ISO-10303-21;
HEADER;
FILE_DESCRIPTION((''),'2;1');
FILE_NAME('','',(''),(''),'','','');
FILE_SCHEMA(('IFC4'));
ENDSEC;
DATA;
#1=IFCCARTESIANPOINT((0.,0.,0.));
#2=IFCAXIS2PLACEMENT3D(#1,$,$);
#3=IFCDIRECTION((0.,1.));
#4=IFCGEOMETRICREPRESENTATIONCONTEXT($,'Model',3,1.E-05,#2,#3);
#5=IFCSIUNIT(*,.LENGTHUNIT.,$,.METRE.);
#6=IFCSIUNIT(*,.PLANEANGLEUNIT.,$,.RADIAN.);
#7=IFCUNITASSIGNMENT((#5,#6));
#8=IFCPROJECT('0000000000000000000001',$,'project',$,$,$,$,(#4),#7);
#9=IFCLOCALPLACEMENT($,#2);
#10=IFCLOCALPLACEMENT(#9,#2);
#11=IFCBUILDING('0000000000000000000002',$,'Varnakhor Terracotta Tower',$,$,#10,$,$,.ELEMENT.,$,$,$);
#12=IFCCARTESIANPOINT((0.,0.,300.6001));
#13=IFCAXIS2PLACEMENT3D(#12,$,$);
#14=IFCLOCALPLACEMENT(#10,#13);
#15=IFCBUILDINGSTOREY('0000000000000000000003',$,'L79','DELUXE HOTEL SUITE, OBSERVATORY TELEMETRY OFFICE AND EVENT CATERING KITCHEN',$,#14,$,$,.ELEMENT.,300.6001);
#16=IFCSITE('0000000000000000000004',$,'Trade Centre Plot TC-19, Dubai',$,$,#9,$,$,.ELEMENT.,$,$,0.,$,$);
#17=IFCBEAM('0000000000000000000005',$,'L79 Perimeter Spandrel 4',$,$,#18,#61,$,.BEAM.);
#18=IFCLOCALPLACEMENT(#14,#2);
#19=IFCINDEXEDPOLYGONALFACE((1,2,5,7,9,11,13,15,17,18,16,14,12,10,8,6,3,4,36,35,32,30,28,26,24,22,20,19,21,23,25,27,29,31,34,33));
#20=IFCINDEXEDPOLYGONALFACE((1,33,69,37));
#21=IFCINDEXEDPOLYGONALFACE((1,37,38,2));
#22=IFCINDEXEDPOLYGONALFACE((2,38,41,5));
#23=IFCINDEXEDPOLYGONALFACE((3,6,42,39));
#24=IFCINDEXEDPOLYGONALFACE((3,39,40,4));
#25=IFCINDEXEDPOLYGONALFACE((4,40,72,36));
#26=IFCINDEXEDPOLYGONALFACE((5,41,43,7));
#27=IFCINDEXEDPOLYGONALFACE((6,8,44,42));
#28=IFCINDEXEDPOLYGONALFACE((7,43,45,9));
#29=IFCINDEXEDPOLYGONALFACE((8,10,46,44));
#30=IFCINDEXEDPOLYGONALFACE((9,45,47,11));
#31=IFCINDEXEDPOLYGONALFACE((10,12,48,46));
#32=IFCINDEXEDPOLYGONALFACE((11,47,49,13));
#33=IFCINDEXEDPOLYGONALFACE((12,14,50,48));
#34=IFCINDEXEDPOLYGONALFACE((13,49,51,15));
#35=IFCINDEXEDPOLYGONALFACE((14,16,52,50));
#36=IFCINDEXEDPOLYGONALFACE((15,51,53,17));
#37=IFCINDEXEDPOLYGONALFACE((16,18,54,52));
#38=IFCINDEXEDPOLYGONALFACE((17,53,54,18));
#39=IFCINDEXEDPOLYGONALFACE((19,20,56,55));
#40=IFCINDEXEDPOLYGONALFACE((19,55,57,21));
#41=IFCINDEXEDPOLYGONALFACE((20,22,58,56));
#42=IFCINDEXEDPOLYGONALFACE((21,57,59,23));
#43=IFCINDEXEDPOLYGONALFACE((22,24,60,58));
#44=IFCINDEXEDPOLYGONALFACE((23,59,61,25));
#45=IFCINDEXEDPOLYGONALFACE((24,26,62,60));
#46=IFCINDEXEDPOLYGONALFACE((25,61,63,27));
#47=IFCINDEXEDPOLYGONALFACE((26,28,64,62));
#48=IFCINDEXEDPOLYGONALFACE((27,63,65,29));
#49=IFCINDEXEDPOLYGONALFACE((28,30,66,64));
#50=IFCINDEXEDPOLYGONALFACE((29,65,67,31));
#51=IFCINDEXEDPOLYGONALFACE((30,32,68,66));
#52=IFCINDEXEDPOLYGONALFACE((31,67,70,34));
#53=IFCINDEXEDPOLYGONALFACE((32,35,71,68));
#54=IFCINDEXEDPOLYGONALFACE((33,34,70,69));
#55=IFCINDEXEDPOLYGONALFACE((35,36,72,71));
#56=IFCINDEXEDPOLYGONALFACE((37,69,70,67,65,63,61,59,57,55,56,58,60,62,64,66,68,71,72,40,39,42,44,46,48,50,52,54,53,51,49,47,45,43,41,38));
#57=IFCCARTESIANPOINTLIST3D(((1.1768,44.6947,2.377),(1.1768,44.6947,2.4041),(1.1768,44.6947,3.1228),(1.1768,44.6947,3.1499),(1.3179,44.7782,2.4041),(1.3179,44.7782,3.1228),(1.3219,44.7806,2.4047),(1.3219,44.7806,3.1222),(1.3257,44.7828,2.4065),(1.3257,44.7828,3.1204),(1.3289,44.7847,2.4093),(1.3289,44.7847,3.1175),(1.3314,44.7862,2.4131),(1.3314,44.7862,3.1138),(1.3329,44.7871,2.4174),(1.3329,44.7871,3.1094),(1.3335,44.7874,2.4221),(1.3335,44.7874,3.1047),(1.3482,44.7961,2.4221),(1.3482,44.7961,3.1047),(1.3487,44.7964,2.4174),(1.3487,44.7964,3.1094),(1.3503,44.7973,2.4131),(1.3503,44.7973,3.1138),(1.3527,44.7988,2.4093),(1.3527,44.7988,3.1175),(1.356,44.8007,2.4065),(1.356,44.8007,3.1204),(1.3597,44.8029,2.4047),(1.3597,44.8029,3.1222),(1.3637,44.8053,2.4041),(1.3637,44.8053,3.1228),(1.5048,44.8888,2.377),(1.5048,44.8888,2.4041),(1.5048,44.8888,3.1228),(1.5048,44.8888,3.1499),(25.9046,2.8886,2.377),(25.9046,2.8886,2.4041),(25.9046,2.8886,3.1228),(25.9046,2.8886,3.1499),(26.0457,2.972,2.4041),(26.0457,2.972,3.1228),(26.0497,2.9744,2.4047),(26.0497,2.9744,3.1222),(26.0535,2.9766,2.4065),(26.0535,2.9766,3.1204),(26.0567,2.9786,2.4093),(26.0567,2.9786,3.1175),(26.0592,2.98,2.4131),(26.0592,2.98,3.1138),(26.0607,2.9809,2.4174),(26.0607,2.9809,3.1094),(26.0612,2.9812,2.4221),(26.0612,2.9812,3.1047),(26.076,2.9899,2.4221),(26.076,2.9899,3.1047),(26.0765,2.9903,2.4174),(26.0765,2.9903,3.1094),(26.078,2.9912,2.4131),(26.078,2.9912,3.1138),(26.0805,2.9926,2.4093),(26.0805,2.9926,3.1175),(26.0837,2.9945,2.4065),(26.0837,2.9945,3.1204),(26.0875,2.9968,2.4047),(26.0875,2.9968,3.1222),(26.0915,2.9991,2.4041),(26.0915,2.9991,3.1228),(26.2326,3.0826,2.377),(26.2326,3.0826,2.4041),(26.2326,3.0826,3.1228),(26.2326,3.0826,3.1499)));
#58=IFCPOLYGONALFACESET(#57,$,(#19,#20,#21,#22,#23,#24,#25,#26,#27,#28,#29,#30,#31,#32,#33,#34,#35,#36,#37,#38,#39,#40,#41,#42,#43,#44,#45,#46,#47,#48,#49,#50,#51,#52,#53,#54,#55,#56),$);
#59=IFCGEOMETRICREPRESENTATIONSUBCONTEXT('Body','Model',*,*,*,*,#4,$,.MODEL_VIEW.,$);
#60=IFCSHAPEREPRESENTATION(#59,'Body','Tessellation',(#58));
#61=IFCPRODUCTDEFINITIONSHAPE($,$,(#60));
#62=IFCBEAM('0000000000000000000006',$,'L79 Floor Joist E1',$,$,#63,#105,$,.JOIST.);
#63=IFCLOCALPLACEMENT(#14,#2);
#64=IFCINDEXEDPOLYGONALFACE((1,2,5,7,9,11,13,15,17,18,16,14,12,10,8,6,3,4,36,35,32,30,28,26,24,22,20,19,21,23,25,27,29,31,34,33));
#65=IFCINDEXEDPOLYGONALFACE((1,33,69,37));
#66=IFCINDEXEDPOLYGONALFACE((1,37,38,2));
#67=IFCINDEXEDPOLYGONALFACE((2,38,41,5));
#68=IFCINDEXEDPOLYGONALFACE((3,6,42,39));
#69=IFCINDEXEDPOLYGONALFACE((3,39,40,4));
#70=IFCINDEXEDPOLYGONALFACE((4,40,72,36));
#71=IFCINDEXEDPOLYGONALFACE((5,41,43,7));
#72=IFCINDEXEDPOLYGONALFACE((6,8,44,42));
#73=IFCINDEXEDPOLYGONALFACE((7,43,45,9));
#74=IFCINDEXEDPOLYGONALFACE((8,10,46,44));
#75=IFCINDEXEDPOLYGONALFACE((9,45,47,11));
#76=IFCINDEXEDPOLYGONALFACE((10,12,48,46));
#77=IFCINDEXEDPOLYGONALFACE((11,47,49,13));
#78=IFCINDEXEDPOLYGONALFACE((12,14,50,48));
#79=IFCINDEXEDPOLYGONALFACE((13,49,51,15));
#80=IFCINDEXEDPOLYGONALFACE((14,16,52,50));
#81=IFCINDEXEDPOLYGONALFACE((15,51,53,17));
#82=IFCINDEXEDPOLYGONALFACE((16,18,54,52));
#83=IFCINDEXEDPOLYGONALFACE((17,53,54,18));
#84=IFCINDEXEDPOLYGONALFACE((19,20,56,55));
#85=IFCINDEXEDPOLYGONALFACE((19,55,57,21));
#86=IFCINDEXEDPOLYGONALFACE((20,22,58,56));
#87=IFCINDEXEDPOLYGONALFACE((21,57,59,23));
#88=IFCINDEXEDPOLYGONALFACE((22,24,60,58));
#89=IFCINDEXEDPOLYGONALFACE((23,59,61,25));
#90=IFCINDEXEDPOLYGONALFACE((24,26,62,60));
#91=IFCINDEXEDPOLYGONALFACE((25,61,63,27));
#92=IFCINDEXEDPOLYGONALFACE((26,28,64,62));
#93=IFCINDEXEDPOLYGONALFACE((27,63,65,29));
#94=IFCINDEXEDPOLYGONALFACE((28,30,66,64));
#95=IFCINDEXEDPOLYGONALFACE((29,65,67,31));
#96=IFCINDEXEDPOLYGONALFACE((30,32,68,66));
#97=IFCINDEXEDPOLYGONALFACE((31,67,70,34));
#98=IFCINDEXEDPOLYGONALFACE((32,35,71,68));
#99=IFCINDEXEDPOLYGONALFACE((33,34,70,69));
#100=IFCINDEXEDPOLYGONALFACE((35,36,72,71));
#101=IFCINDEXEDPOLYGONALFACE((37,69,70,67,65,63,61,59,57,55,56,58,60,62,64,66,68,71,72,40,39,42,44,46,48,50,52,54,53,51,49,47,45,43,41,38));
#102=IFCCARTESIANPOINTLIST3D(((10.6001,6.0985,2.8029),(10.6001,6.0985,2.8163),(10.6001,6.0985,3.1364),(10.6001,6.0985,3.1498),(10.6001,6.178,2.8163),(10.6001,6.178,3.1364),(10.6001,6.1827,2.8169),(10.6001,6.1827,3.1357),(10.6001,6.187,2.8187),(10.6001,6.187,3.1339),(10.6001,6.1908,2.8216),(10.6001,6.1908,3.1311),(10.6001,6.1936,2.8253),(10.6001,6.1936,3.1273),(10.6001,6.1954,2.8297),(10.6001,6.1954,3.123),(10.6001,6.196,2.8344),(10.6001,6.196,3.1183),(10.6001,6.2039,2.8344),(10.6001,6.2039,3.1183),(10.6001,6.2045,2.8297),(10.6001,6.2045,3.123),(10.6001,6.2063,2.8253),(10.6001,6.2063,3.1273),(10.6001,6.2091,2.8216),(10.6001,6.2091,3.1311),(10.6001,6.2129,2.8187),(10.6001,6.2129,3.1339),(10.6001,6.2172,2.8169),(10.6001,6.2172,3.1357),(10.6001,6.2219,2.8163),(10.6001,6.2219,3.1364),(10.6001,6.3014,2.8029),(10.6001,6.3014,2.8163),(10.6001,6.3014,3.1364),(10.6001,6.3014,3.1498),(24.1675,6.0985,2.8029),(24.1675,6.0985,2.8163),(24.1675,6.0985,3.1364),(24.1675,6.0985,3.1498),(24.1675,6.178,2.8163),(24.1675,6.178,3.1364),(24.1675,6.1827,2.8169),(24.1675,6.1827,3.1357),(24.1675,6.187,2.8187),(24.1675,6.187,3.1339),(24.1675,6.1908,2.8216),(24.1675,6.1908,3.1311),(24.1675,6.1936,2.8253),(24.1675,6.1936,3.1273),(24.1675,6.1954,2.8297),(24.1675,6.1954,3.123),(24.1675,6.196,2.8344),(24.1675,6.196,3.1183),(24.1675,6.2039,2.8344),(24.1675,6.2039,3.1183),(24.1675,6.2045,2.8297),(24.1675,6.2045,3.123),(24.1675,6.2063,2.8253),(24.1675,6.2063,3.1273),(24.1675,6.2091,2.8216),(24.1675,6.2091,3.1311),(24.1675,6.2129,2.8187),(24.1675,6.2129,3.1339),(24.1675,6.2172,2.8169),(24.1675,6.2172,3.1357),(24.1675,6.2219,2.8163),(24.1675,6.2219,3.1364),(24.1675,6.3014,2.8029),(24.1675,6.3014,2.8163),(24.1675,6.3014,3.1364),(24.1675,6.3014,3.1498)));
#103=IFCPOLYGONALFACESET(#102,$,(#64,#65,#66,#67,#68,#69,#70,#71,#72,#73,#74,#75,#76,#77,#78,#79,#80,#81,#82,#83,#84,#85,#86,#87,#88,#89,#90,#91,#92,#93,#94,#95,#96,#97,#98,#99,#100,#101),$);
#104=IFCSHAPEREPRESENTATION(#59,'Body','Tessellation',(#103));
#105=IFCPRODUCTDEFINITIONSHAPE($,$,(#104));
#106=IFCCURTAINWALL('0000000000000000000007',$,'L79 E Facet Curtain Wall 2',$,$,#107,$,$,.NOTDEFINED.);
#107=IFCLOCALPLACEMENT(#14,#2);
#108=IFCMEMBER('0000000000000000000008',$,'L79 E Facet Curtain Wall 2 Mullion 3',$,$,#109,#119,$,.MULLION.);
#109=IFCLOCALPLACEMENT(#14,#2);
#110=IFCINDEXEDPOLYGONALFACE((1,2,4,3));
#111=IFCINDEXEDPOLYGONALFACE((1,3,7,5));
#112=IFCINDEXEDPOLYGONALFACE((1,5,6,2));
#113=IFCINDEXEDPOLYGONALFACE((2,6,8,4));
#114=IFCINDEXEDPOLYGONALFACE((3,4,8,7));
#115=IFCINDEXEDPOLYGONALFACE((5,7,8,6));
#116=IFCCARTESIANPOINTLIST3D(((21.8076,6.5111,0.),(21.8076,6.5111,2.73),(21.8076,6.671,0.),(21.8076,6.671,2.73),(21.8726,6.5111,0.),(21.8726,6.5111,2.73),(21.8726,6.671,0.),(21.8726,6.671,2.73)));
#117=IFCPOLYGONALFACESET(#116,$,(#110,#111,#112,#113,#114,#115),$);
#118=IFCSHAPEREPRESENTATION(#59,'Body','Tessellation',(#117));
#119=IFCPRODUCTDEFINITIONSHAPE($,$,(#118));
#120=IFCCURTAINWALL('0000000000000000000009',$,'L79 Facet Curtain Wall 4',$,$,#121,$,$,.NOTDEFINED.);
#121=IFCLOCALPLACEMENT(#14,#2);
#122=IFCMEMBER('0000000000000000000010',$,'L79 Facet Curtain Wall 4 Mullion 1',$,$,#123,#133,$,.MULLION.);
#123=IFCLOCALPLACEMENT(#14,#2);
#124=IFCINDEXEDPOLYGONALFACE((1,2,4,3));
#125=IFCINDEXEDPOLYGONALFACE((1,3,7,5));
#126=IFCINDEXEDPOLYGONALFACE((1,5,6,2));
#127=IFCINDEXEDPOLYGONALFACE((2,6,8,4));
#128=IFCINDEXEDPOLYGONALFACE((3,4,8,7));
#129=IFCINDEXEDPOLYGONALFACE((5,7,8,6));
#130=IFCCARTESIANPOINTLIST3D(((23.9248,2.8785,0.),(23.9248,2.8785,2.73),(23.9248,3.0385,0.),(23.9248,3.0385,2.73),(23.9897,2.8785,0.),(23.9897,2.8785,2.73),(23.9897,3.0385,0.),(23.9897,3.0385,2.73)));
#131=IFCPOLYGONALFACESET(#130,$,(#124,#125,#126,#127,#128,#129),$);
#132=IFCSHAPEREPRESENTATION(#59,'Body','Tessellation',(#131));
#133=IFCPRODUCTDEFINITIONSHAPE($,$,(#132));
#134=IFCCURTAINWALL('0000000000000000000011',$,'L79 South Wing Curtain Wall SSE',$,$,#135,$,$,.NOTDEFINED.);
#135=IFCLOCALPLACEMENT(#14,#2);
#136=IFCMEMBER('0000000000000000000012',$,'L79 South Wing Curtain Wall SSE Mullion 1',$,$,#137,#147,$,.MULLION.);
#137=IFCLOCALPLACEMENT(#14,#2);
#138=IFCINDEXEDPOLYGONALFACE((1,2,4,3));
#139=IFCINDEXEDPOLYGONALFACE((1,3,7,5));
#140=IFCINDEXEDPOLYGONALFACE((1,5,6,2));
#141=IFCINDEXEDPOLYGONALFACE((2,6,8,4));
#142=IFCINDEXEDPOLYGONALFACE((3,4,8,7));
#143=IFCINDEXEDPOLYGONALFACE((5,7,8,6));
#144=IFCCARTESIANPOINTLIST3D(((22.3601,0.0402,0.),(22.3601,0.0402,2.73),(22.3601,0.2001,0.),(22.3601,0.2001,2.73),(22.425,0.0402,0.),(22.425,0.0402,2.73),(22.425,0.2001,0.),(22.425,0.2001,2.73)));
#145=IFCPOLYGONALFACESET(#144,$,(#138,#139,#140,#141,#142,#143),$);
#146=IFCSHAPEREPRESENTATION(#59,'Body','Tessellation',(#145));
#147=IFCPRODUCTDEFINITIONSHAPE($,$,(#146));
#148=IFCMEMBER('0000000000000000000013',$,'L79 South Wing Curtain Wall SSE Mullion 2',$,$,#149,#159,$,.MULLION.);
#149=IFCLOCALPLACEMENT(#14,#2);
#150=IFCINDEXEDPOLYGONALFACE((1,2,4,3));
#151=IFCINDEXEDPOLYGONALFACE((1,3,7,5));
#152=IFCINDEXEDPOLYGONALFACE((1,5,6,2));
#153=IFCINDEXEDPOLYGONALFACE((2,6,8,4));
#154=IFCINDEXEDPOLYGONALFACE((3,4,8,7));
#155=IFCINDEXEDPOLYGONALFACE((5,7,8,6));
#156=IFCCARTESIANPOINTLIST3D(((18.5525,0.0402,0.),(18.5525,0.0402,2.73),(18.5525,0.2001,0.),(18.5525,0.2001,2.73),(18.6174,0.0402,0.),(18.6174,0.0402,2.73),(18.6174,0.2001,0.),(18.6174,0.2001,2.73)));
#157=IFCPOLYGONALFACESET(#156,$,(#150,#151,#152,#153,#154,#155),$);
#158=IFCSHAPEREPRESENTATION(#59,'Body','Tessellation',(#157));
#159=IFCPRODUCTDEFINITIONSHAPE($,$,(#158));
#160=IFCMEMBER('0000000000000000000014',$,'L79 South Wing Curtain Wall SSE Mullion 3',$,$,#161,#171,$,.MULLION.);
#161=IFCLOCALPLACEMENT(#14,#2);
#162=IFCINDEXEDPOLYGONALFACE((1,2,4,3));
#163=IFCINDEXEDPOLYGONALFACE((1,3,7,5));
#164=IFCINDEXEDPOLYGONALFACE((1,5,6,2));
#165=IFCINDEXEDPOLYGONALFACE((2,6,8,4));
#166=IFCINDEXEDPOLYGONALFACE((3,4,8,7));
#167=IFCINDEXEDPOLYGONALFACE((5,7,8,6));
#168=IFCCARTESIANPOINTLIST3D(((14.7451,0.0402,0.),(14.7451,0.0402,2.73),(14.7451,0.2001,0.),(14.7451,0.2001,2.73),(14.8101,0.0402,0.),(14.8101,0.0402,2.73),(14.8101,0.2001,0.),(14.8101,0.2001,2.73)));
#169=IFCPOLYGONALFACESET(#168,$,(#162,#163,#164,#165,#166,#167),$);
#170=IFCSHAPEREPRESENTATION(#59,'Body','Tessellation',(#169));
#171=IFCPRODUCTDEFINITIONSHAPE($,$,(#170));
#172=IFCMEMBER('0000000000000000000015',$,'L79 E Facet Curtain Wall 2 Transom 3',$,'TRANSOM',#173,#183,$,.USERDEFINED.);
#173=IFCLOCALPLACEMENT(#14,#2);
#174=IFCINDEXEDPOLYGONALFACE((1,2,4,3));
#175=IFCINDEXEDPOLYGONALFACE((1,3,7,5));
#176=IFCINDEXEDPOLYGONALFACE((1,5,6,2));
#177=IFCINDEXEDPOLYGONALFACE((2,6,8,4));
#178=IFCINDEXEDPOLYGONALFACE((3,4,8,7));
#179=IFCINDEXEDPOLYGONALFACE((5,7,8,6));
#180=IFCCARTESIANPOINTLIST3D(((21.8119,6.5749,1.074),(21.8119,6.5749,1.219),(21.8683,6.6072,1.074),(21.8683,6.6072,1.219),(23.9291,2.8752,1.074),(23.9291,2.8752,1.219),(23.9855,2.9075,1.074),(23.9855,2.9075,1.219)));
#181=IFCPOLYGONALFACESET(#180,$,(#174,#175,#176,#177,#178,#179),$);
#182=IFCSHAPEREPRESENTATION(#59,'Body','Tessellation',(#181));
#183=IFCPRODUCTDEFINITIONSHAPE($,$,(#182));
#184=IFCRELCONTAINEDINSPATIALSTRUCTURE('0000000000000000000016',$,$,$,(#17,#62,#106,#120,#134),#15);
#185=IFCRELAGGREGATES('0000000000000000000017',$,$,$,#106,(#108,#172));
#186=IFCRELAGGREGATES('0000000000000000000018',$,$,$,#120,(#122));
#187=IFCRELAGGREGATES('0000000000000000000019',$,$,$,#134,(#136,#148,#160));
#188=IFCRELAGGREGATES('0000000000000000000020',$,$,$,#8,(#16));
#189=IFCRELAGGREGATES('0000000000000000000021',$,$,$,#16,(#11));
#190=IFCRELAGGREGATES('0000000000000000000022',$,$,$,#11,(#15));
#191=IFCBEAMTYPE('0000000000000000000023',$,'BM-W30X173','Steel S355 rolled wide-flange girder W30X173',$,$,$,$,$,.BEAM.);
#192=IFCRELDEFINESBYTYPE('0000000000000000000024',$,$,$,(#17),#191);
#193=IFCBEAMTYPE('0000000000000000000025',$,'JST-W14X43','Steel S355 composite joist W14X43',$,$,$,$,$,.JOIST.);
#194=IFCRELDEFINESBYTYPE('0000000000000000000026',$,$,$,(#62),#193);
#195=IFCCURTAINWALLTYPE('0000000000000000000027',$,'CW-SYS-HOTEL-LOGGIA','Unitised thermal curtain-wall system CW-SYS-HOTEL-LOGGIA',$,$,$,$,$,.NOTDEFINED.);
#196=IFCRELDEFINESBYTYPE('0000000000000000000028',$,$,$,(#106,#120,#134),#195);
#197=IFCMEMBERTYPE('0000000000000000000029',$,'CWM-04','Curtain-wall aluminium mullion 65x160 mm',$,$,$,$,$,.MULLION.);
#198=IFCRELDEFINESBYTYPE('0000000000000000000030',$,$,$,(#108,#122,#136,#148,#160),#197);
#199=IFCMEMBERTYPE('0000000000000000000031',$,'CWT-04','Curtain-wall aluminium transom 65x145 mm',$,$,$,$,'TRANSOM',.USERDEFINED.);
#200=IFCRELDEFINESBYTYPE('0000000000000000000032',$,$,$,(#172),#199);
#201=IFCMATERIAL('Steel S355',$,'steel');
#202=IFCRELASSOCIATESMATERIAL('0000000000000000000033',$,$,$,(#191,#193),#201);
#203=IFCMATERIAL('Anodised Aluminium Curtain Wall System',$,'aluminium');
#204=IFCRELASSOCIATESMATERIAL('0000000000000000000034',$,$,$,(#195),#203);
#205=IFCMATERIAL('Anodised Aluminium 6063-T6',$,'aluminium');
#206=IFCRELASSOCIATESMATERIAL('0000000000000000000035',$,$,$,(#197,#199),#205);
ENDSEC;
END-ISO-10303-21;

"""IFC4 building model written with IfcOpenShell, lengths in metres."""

from ifc_helpers import new_model, si_unit, direction, frame, origin, origin_2d, place, context, subcontext, project, spatial, rectangle, i_section, extrude, source, transform, mapped, material, material_profile, profile_set, type_object, element, aggregate, save


model = new_model("IFC4")

# Units and contexts
model_context = context("Model", 3, precision=1e-05, world=origin(), true_north=direction((0.0, 1.0)))
body_context = subcontext(model_context, "Body", "Model", "MODEL_VIEW")
ifc_project = project(units=[si_unit("LENGTHUNIT", "METRE"), si_unit("PLANEANGLEUNIT", "RADIAN")], contexts=[model_context])

# Site, building, storey
site_placement = place(None, origin())
site = spatial("IfcSite", under=ifc_project, at=site_placement, Name="Trade Centre Plot TC-19, Dubai", CompositionType="ELEMENT", RefElevation=0.0)
building_placement = place(site_placement, origin())
building = spatial("IfcBuilding", under=site, at=building_placement, Name="Varnakhor Terracotta Tower", CompositionType="ELEMENT")
storey_placement = place(building_placement, frame((0.0, 0.0, 300.6001)))
storey = spatial("IfcBuildingStorey", under=building, at=storey_placement, Name="L79", Description="DELUXE HOTEL SUITE, OBSERVATORY TELEMETRY OFFICE AND EVENT CATERING KITCHEN", CompositionType="ELEMENT", Elevation=300.6001)

# Shared definitions
ifc_material_1 = material(Name="Steel S355", Category="steel")

# Beams
ifc_material_profile_1 = material_profile(ifc_material_1, i_section(OverallWidth=0.3811, OverallDepth=0.7729, WebThickness=0.0171, FlangeThickness=0.0271, FilletRadius=0.0181, at=origin_2d()), Name="W30X173")
ifc_profile_set_1 = profile_set([ifc_material_profile_1], Name="Steel S355")
beam_type_1 = type_object("IfcBeamType", Name="BM-W30X173", Description="Steel S355 rolled wide-flange girder W30X173", PredefinedType="BEAM", material=ifc_profile_set_1)
shared_shape_1 = source(origin(), body_context, "Body", "SweptSolid", [
    extrude(i_section(OverallWidth=0.3811, OverallDepth=0.7729, WebThickness=0.0171, FlangeThickness=0.0271, FilletRadius=0.0181, at=origin_2d()), origin(), (0.0, 0.0, 1.0), 48.5718),
])
beam_1_placement = place(storey_placement, frame((26.0686, 2.9856, 2.7634), z_axis=(-0.509098, 0.860709, 0.0), x_axis=(-0.860709, -0.509098, 0.0)))
element("IfcBeam", 1, at=beam_1_placement, inside=storey, type_object=beam_type_1, Name="L79 Perimeter Spandrel 4", PredefinedType="BEAM", context=body_context, shape_type="MappedRepresentation", body=[
    mapped(shared_shape_1, transform((0.0, 0.0, 0.0), scale=1.0)),
])
ifc_material_profile_2 = material_profile(ifc_material_1, i_section(OverallWidth=0.2029, OverallDepth=0.3469, WebThickness=0.0078, FlangeThickness=0.0134, FilletRadius=0.0181, at=origin_2d()), Name="W14X43")
ifc_profile_set_2 = profile_set([ifc_material_profile_2], Name="Steel S355")
beam_type_2 = type_object("IfcBeamType", Name="JST-W14X43", Description="Steel S355 composite joist W14X43", PredefinedType="JOIST", material=ifc_profile_set_2)
shared_shape_2 = source(origin(), body_context, "Body", "SweptSolid", [
    extrude(i_section(OverallWidth=0.2029, OverallDepth=0.3469, WebThickness=0.0078, FlangeThickness=0.0134, FilletRadius=0.0181, at=origin_2d()), origin(), (0.0, 0.0, 1.0), 13.5674),
])
beam_2_placement = place(storey_placement, frame((10.6001, 6.2, 2.9763), z_axis=(1.0, 0.0, 0.0), x_axis=(0.0, 1.0, 0.0)))
element("IfcBeam", 2, at=beam_2_placement, inside=storey, type_object=beam_type_2, Name="L79 Floor Joist E1", PredefinedType="JOIST", context=body_context, shape_type="MappedRepresentation", body=[
    mapped(shared_shape_2, transform((0.0, 0.0, 0.0), scale=1.0)),
])

# Curtain walls, members
ifc_material_2 = material(Name="Anodised Aluminium Curtain Wall System", Category="aluminium")
curtain_wall_type = type_object("IfcCurtainWallType", Name="CW-SYS-HOTEL-LOGGIA", Description="Unitised thermal curtain-wall system CW-SYS-HOTEL-LOGGIA", PredefinedType="NOTDEFINED", material=ifc_material_2)
curtain_wall_1_placement = place(storey_placement, origin())
curtain_wall_1 = element("IfcCurtainWall", 3, at=curtain_wall_1_placement, inside=storey, type_object=curtain_wall_type, Name="L79 E Facet Curtain Wall 2", PredefinedType="NOTDEFINED")
ifc_material_3 = material(Name="Anodised Aluminium 6063-T6", Category="aluminium")
ifc_material_profile_3 = material_profile(ifc_material_3, rectangle(XDim=0.0649, YDim=0.1599, at=origin_2d()), Name="ALU MULLION 65x160")
ifc_profile_set_3 = profile_set([ifc_material_profile_3], Name="Anodised Aluminium 6063-T6")
member_type_1 = type_object("IfcMemberType", Name="CWM-04", Description="Curtain-wall aluminium mullion 65x160 mm", PredefinedType="MULLION", material=ifc_profile_set_3)
shared_shape_3 = source(origin(), body_context, "Body", "SweptSolid", [
    extrude(rectangle(XDim=0.0649, YDim=0.1599, at=origin_2d()), origin(), (0.0, 0.0, 1.0), 2.73),
])
member_1_placement = place(storey_placement, frame((21.8401, 6.5911, 0.0), z_axis=(0.0, 0.0, 1.0), x_axis=(1.0, 0.0, 0.0)))
member_1 = element("IfcMember", 4, at=member_1_placement, type_object=member_type_1, Name="L79 E Facet Curtain Wall 2 Mullion 3", PredefinedType="MULLION", context=body_context, shape_type="MappedRepresentation", body=[
    mapped(shared_shape_3, transform((0.0, 0.0, 0.0), scale=1.0)),
])
curtain_wall_2_placement = place(storey_placement, origin())
curtain_wall_2 = element("IfcCurtainWall", 5, at=curtain_wall_2_placement, inside=storey, type_object=curtain_wall_type, Name="L79 Facet Curtain Wall 4", PredefinedType="NOTDEFINED")
member_2_placement = place(storey_placement, frame((23.9573, 2.9585, 0.0), z_axis=(0.0, 0.0, 1.0), x_axis=(1.0, 0.0, 0.0)))
member_2 = element("IfcMember", 6, at=member_2_placement, type_object=member_type_1, Name="L79 Facet Curtain Wall 4 Mullion 1", PredefinedType="MULLION", context=body_context, shape_type="MappedRepresentation", body=[
    mapped(shared_shape_3, transform((0.0, 0.0, 0.0), scale=1.0)),
])

# Curtain wall, members
curtain_wall_3_placement = place(storey_placement, origin())
curtain_wall_3 = element("IfcCurtainWall", 7, at=curtain_wall_3_placement, inside=storey, type_object=curtain_wall_type, Name="L79 South Wing Curtain Wall SSE", PredefinedType="NOTDEFINED")
member_3_placement = place(storey_placement, frame((22.3926, 0.1201, 0.0), z_axis=(0.0, 0.0, 1.0), x_axis=(1.0, 0.0, 0.0)))
member_3 = element("IfcMember", 8, at=member_3_placement, type_object=member_type_1, Name="L79 South Wing Curtain Wall SSE Mullion 1", PredefinedType="MULLION", context=body_context, shape_type="MappedRepresentation", body=[
    mapped(shared_shape_3, transform((0.0, 0.0, 0.0), scale=1.0)),
])
member_4_placement = place(storey_placement, frame((18.585, 0.1201, 0.0), z_axis=(0.0, 0.0, 1.0), x_axis=(1.0, 0.0, 0.0)))
member_4 = element("IfcMember", 9, at=member_4_placement, type_object=member_type_1, Name="L79 South Wing Curtain Wall SSE Mullion 2", PredefinedType="MULLION", context=body_context, shape_type="MappedRepresentation", body=[
    mapped(shared_shape_3, transform((0.0, 0.0, 0.0), scale=1.0)),
])
member_5_placement = place(storey_placement, frame((14.7776, 0.1201, 0.0), z_axis=(0.0, 0.0, 1.0), x_axis=(1.0, 0.0, 0.0)))
member_5 = element("IfcMember", 10, at=member_5_placement, type_object=member_type_1, Name="L79 South Wing Curtain Wall SSE Mullion 3", PredefinedType="MULLION", context=body_context, shape_type="MappedRepresentation", body=[
    mapped(shared_shape_3, transform((0.0, 0.0, 0.0), scale=1.0)),
])

# Member
ifc_material_profile_4 = material_profile(ifc_material_3, rectangle(XDim=0.0649, YDim=0.145, at=origin_2d()), Name="ALU TRANSOM 65x145")
ifc_profile_set_4 = profile_set([ifc_material_profile_4], Name="Anodised Aluminium 6063-T6")
member_type_2 = type_object("IfcMemberType", Name="CWT-04", Description="Curtain-wall aluminium transom 65x145 mm", ElementType="TRANSOM", PredefinedType="USERDEFINED", material=ifc_profile_set_4)
shared_shape_4 = source(origin(), body_context, "Body", "SweptSolid", [
    extrude(rectangle(XDim=0.0649, YDim=0.145, at=origin_2d()), origin(), (0.0, 0.0, 1.0), 4.2627),
])
member_6_placement = place(storey_placement, frame((21.8401, 6.5911, 1.1465), z_axis=(0.496682, -0.867933, 0.0), x_axis=(0.867933, 0.496682, 0.0)))
member_6 = element("IfcMember", 11, at=member_6_placement, type_object=member_type_2, Name="L79 E Facet Curtain Wall 2 Transom 3", ObjectType="TRANSOM", PredefinedType="USERDEFINED", context=body_context, shape_type="MappedRepresentation", body=[
    mapped(shared_shape_4, transform((0.0, 0.0, 0.0), scale=1.0)),
])

aggregate(curtain_wall_1, [member_1, member_6])
aggregate(curtain_wall_2, [member_2])
aggregate(curtain_wall_3, [member_3, member_4, member_5])

save(model, "model.ifc")
